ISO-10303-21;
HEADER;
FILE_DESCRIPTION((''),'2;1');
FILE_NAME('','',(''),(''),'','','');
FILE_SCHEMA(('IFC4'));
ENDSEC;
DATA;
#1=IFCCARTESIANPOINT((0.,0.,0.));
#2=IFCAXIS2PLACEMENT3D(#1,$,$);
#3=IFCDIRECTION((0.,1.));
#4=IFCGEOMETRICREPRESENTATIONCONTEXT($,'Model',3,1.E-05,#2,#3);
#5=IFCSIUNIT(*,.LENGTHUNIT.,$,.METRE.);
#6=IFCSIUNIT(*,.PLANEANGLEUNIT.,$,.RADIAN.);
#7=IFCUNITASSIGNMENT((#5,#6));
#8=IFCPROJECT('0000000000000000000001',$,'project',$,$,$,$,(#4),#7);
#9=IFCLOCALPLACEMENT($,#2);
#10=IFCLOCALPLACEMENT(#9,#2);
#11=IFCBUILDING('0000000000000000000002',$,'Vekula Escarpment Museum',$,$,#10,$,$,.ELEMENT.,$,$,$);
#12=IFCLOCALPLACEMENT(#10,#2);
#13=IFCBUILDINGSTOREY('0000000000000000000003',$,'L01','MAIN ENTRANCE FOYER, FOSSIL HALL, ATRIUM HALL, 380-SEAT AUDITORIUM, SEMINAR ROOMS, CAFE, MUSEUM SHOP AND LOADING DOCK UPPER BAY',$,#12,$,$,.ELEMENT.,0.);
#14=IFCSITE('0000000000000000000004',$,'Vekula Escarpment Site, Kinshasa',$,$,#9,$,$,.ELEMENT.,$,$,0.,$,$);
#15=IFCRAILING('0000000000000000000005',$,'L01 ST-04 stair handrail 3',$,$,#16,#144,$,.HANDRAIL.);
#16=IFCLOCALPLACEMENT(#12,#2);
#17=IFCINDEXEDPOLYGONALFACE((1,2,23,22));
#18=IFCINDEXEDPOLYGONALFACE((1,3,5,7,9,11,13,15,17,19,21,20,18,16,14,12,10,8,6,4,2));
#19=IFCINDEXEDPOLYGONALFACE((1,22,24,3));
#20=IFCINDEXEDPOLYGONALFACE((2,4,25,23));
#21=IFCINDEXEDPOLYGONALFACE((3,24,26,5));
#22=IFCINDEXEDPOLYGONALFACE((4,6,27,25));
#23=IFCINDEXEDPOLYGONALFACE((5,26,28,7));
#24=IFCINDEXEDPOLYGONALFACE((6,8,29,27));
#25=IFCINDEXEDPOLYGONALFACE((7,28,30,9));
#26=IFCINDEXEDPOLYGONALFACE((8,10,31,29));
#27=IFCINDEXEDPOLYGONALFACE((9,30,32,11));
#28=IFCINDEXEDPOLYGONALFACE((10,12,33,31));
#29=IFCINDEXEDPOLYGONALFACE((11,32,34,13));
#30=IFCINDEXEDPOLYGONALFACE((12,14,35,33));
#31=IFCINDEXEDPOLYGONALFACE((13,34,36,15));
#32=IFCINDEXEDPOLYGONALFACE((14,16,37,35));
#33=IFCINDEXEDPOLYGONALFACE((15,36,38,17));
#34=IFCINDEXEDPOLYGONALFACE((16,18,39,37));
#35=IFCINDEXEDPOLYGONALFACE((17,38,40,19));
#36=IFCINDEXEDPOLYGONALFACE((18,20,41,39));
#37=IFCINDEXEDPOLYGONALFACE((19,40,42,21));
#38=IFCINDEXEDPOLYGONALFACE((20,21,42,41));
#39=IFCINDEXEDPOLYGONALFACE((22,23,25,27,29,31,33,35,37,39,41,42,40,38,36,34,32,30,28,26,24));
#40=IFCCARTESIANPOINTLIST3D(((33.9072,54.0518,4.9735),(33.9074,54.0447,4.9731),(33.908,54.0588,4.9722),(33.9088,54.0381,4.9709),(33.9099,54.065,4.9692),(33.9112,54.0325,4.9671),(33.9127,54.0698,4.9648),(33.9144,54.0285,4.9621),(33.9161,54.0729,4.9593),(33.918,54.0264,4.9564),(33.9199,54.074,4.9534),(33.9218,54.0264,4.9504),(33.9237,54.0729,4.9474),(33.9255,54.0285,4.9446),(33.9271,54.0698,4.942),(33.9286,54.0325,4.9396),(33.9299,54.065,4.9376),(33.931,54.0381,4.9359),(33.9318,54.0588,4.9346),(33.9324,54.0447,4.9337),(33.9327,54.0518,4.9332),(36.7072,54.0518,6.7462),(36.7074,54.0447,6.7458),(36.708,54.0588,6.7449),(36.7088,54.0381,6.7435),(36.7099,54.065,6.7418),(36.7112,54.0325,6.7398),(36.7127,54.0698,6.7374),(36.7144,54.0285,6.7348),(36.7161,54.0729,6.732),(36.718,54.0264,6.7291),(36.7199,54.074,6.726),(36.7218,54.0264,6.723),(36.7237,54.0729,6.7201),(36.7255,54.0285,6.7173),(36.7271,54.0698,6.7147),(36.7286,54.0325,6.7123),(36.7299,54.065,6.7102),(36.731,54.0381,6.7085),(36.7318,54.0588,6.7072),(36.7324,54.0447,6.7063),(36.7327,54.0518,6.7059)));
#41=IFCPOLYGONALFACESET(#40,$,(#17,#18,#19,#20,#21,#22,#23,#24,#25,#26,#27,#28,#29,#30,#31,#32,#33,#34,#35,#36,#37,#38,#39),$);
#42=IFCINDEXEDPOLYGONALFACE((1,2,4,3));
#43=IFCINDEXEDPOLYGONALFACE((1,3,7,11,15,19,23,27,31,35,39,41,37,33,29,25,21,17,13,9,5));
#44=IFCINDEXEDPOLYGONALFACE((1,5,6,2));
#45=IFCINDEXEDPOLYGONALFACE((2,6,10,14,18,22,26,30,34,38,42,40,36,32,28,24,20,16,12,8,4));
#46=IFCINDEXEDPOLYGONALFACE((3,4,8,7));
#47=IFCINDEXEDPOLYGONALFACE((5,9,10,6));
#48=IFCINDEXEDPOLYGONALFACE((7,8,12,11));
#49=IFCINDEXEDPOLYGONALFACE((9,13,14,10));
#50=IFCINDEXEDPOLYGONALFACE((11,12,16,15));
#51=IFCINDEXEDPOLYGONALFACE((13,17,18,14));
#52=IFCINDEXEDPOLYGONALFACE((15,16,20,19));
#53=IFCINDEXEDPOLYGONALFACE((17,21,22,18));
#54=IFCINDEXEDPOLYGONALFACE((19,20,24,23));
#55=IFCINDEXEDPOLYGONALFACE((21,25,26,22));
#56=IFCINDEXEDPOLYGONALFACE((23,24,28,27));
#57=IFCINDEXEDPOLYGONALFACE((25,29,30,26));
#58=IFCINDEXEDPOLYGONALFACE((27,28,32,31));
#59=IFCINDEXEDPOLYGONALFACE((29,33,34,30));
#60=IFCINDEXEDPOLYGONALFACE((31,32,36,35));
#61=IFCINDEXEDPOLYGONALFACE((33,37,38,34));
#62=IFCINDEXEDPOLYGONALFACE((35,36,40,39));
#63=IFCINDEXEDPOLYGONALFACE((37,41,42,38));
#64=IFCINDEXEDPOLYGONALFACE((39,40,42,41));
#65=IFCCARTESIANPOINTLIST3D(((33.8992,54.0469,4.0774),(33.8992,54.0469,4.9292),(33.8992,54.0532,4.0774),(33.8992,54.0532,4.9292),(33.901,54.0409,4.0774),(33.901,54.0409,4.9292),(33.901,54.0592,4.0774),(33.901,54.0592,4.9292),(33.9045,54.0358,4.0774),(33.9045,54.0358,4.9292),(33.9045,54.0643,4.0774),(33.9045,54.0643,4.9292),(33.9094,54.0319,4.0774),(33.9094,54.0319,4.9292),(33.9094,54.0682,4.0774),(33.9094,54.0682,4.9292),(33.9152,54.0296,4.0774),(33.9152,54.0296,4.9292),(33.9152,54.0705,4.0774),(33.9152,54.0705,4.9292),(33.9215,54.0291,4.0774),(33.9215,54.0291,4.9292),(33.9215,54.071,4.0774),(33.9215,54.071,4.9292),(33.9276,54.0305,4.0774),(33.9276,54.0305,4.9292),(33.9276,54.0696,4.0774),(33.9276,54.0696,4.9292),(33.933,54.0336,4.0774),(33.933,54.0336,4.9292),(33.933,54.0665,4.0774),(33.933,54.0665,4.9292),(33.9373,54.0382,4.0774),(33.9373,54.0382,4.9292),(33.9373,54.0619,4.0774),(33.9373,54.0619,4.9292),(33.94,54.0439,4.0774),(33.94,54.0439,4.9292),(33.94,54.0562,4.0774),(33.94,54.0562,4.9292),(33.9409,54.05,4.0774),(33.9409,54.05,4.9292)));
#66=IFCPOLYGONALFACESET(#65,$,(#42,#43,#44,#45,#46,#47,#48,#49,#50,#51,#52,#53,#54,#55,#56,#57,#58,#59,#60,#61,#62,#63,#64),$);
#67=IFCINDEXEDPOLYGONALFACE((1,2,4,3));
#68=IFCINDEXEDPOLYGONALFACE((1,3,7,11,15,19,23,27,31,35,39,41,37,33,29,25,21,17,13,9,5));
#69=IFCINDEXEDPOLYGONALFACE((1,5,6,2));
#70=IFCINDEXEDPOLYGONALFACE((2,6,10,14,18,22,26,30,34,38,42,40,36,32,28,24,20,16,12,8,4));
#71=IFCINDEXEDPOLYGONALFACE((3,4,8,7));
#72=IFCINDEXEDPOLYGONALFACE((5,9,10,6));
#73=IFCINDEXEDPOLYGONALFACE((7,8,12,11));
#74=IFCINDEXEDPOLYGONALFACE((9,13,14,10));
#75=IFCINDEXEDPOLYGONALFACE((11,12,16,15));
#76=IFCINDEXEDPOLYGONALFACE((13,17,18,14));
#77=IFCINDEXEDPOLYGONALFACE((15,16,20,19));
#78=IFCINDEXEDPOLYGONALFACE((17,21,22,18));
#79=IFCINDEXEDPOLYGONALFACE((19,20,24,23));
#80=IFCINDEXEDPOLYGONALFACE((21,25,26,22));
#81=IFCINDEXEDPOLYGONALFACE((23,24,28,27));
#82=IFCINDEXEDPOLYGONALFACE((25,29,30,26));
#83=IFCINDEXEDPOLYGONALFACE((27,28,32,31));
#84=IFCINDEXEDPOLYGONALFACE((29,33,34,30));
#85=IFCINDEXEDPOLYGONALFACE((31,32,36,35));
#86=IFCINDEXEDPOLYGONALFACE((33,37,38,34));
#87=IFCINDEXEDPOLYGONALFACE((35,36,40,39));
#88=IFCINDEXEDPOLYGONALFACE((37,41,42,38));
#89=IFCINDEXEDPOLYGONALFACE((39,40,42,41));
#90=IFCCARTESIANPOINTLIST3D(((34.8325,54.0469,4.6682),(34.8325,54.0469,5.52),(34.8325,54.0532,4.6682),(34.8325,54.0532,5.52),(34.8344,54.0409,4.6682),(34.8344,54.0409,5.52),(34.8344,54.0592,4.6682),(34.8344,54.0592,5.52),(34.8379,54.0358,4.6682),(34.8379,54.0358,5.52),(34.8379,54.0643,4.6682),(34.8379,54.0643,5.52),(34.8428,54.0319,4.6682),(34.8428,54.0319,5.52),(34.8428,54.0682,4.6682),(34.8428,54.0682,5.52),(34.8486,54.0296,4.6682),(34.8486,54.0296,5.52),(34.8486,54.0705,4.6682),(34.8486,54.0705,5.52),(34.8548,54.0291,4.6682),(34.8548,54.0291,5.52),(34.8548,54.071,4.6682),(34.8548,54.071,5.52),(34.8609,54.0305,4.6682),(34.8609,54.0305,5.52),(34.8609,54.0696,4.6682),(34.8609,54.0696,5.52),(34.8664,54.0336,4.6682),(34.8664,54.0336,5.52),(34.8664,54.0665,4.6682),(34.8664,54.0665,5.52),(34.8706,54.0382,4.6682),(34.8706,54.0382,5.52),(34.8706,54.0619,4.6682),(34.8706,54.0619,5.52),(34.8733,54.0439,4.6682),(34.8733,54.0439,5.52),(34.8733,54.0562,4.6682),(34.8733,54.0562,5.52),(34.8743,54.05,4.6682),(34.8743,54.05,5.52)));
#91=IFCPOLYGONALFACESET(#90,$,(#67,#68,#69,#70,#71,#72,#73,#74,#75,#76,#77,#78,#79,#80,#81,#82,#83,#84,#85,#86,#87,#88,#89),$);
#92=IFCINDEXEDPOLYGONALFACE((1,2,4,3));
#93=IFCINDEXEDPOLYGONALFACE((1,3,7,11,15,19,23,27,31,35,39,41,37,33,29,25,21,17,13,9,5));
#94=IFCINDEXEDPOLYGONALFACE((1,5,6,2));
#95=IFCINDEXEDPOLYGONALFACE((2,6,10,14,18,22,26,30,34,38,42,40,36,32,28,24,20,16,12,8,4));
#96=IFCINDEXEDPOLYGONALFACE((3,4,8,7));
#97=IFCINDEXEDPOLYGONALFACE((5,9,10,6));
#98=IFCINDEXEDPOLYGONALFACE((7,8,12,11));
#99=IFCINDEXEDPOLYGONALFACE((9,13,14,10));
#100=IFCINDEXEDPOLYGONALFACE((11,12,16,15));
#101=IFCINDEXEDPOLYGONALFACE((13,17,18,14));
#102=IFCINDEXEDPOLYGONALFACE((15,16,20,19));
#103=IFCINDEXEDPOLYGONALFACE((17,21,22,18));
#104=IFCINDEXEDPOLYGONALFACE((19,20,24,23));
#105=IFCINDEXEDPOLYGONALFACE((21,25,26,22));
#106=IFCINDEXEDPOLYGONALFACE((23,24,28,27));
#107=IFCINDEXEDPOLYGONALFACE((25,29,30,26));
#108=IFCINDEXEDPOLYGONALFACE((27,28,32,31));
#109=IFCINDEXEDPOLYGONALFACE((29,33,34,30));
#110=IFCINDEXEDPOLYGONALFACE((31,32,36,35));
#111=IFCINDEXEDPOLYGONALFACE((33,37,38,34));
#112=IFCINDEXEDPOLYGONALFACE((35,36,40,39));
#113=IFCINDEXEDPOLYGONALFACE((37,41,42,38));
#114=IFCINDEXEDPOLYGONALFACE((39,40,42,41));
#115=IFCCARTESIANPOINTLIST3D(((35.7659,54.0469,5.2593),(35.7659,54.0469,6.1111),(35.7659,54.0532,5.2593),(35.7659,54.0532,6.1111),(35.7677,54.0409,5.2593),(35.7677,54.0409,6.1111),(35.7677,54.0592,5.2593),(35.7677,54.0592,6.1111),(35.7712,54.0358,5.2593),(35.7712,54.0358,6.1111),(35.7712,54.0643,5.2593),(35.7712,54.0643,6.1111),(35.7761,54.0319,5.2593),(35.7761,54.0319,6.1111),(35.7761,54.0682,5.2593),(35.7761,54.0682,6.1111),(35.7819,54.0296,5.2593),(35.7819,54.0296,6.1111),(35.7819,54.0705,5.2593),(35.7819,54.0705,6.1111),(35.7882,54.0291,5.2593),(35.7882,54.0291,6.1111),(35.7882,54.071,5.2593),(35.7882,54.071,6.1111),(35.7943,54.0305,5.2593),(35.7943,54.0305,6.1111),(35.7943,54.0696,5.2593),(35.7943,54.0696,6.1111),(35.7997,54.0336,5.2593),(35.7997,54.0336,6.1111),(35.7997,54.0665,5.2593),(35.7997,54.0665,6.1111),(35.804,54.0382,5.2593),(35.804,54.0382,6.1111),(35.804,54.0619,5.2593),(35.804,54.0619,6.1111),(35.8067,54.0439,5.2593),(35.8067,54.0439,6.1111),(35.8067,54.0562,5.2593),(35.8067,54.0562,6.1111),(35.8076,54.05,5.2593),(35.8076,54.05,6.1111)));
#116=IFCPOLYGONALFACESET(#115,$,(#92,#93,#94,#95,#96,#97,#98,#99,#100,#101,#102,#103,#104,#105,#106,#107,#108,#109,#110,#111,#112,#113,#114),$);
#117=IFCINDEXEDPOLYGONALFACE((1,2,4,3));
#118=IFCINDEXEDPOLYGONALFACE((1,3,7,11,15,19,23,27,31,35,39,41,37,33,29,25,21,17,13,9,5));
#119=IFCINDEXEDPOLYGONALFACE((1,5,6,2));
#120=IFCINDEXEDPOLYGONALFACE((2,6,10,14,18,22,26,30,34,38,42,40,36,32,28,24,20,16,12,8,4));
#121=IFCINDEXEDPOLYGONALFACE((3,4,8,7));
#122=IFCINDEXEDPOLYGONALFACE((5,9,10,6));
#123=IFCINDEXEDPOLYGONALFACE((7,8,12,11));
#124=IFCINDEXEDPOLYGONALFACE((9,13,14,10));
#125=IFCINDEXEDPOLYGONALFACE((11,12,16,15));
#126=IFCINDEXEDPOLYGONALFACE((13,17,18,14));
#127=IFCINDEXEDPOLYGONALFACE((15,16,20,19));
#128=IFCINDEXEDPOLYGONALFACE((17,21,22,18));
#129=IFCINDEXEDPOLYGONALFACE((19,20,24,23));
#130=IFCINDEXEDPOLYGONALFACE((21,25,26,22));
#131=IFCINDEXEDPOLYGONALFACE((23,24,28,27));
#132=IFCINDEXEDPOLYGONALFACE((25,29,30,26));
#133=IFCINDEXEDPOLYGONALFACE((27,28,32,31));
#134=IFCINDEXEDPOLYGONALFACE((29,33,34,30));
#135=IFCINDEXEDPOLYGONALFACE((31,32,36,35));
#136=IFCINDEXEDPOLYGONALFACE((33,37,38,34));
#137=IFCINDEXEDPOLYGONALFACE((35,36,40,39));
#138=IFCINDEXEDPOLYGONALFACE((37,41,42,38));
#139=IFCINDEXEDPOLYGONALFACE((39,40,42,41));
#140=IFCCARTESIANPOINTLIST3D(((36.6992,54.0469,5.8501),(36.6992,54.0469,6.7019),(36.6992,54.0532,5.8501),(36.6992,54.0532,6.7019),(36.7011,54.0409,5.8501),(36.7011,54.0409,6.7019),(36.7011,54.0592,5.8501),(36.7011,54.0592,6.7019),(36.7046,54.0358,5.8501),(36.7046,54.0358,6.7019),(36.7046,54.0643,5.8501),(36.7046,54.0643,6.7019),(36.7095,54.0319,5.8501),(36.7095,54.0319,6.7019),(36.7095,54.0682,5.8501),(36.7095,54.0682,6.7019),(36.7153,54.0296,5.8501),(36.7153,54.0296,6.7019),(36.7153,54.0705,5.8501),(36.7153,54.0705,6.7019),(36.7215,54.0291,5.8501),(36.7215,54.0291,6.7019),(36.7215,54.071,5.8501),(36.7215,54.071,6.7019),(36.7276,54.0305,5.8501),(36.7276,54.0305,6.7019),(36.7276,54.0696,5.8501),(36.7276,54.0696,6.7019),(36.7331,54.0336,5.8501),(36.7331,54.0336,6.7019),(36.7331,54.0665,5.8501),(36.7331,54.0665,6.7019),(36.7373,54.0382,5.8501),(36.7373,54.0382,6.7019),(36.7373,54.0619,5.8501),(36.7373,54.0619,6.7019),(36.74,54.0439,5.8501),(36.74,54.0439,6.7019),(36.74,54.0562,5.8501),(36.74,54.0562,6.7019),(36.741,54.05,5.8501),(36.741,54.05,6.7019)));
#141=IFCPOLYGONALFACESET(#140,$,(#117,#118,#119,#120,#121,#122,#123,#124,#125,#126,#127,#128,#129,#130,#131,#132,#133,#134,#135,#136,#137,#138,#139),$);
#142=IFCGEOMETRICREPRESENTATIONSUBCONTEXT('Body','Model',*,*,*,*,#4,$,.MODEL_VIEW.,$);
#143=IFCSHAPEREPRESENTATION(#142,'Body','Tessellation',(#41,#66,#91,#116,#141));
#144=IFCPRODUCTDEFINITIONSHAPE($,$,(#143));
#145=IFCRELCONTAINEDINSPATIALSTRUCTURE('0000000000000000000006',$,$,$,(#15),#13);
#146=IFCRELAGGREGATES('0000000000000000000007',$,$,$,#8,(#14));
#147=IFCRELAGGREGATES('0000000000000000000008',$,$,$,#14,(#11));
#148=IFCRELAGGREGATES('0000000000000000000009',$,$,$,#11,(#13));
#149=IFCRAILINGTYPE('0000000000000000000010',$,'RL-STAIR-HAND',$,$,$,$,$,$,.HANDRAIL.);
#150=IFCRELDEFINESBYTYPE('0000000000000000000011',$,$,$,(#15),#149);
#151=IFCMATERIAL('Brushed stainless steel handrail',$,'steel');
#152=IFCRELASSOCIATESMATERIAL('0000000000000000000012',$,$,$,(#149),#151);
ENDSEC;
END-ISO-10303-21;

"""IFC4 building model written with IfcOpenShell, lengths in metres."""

from ifc_helpers import new_model, si_unit, direction, frame, origin, origin_2d, place, context, subcontext, project, spatial, circle, extrude, material, type_object, element, save


model = new_model("IFC4")

# Units and contexts
model_context = context("Model", 3, precision=1e-05, world=origin(), true_north=direction((0.0, 1.0)))
body_context = subcontext(model_context, "Body", "Model", "MODEL_VIEW")
ifc_project = project(units=[si_unit("LENGTHUNIT", "METRE"), si_unit("PLANEANGLEUNIT", "RADIAN")], contexts=[model_context])

# Site, building, storey
site_placement = place(None, origin())
site = spatial("IfcSite", under=ifc_project, at=site_placement, Name="Vekula Escarpment Site, Kinshasa", CompositionType="ELEMENT", RefElevation=0.0)
building_placement = place(site_placement, origin())
building = spatial("IfcBuilding", under=site, at=building_placement, Name="Vekula Escarpment Museum", CompositionType="ELEMENT")
storey_placement = place(building_placement, origin())
storey = spatial("IfcBuildingStorey", under=building, at=storey_placement, Name="L01", Description="MAIN ENTRANCE FOYER, FOSSIL HALL, ATRIUM HALL, 380-SEAT AUDITORIUM, SEMINAR ROOMS, CAFE, MUSEUM SHOP AND LOADING DOCK UPPER BAY", CompositionType="ELEMENT", Elevation=0.0)

# Railing
ifc_material_1 = material(Name="Brushed stainless steel handrail", Category="steel")
railing_type_1 = type_object("IfcRailingType", Name="RL-STAIR-HAND", PredefinedType="HANDRAIL", material=ifc_material_1)
railing_1_placement = place(storey_placement, frame((33.9199, 54.05, 4.0774)))
element("IfcRailing", 1, at=railing_1_placement, inside=storey, type_object=railing_type_1, Name="L01 ST-04 stair handrail 3", PredefinedType="HANDRAIL", context=body_context, shape_type="SweptSolid", body=[
    extrude(circle(Radius=0.0239, at=origin_2d()), frame((0.0, 0.0, 0.876), z_axis=(0.844909, 0.0, 0.53491), x_axis=(0.0, 1.0, 0.0)), (0.0, 0.0, 1.0), 3.314),
    extrude(circle(Radius=0.021, at=origin_2d()), origin(), (0.0, 0.0, 1.0), 0.8518),
    extrude(circle(Radius=0.021, at=origin_2d()), frame((0.9333, 0.0, 0.5908)), (0.0, 0.0, 1.0), 0.8518),
    extrude(circle(Radius=0.021, at=origin_2d()), frame((1.8667, 0.0, 1.1819)), (0.0, 0.0, 1.0), 0.8518),
    extrude(circle(Radius=0.021, at=origin_2d()), frame((2.8, 0.0, 1.7727)), (0.0, 0.0, 1.0), 0.8518),
])

save(model, "model.ifc")
